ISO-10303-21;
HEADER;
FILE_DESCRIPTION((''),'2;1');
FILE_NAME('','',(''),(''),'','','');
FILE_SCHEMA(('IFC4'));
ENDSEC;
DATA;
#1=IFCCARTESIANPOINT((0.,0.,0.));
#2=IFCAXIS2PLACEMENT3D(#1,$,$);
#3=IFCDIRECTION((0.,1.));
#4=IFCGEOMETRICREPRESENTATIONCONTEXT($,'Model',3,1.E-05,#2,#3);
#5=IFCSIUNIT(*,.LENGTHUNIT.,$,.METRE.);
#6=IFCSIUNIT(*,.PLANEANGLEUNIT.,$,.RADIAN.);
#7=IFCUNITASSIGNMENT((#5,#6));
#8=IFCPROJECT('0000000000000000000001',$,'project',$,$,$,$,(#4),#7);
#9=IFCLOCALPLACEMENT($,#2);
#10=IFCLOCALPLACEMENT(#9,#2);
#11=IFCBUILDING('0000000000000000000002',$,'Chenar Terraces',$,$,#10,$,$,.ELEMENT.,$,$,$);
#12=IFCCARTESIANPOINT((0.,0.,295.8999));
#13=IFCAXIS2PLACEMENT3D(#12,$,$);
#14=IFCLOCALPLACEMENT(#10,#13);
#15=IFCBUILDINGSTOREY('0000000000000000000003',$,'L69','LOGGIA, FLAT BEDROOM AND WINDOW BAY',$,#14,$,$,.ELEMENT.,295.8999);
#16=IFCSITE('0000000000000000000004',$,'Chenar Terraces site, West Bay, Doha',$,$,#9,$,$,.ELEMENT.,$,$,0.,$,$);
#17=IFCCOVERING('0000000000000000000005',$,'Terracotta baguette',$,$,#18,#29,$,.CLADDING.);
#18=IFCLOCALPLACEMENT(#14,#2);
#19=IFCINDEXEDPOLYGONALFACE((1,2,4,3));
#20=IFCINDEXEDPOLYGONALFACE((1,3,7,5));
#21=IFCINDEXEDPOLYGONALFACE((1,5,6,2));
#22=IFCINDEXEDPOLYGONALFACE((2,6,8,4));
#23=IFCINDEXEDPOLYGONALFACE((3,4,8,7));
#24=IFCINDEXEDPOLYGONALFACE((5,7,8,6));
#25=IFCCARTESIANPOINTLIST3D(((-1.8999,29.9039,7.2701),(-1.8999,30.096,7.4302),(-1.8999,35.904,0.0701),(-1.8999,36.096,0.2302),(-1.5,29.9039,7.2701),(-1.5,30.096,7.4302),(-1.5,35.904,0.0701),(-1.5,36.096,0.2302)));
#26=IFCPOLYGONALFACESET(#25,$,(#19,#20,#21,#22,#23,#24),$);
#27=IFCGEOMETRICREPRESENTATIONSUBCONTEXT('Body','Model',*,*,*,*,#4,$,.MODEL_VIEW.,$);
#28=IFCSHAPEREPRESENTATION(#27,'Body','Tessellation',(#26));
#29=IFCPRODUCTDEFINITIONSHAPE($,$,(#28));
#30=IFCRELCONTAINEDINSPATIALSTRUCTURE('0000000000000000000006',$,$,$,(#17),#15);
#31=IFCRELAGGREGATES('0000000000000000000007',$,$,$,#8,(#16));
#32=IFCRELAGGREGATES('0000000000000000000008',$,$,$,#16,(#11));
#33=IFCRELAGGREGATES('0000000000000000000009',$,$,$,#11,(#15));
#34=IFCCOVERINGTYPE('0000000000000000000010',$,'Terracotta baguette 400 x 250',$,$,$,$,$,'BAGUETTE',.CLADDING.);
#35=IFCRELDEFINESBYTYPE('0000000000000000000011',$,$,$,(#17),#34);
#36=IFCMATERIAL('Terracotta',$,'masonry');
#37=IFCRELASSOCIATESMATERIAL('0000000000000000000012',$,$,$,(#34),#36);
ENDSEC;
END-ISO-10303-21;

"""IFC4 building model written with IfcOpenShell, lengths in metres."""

from ifc_helpers import new_model, si_unit, direction, frame, origin, origin_2d, place, context, subcontext, project, spatial, rectangle, extrude, material, material_profile, profile_set, type_object, element, save


model = new_model("IFC4")

# Units and contexts
model_context = context("Model", 3, precision=1e-05, world=origin(), true_north=direction((0.0, 1.0)))
body_context = subcontext(model_context, "Body", "Model", "MODEL_VIEW")
ifc_project = project(units=[si_unit("LENGTHUNIT", "METRE"), si_unit("PLANEANGLEUNIT", "RADIAN")], contexts=[model_context])

# Site, building, storey
site_placement = place(None, origin())
site = spatial("IfcSite", under=ifc_project, at=site_placement, Name="Chenar Terraces site, West Bay, Doha", CompositionType="ELEMENT", RefElevation=0.0)
building_placement = place(site_placement, origin())
building = spatial("IfcBuilding", under=site, at=building_placement, Name="Chenar Terraces", CompositionType="ELEMENT")
storey_placement = place(building_placement, frame((0.0, 0.0, 295.8999)))
storey = spatial("IfcBuildingStorey", under=building, at=storey_placement, Name="L69", Description="LOGGIA, FLAT BEDROOM AND WINDOW BAY", CompositionType="ELEMENT", Elevation=295.8999)

# Covering
ifc_material_1 = material(Name="Terracotta", Category="masonry")
ifc_material_profile = material_profile(ifc_material_1, rectangle(XDim=0.3999, YDim=0.25, at=origin_2d()), Name="Terracotta baguette 400 x 250")
ifc_profile_set = profile_set([ifc_material_profile], Name="Terracotta")
covering_type = type_object("IfcCoveringType", Name="Terracotta baguette 400 x 250", ElementType="BAGUETTE", PredefinedType="CLADDING", material=ifc_profile_set)
covering_placement = place(storey_placement, frame((-1.7, 36.0, 0.1501), z_axis=(0.0, -0.640187, 0.768219), x_axis=(1.0, 0.0, 0.0)))
element("IfcCovering", 1, at=covering_placement, inside=storey, type_object=covering_type, Name="Terracotta baguette", PredefinedType="CLADDING", context=body_context, shape_type="SweptSolid", body=[
    extrude(rectangle(XDim=0.3999, YDim=0.25, at=origin_2d()), origin(), (0.0, 0.0, 1.0), 9.3723),
])

save(model, "model.ifc")
